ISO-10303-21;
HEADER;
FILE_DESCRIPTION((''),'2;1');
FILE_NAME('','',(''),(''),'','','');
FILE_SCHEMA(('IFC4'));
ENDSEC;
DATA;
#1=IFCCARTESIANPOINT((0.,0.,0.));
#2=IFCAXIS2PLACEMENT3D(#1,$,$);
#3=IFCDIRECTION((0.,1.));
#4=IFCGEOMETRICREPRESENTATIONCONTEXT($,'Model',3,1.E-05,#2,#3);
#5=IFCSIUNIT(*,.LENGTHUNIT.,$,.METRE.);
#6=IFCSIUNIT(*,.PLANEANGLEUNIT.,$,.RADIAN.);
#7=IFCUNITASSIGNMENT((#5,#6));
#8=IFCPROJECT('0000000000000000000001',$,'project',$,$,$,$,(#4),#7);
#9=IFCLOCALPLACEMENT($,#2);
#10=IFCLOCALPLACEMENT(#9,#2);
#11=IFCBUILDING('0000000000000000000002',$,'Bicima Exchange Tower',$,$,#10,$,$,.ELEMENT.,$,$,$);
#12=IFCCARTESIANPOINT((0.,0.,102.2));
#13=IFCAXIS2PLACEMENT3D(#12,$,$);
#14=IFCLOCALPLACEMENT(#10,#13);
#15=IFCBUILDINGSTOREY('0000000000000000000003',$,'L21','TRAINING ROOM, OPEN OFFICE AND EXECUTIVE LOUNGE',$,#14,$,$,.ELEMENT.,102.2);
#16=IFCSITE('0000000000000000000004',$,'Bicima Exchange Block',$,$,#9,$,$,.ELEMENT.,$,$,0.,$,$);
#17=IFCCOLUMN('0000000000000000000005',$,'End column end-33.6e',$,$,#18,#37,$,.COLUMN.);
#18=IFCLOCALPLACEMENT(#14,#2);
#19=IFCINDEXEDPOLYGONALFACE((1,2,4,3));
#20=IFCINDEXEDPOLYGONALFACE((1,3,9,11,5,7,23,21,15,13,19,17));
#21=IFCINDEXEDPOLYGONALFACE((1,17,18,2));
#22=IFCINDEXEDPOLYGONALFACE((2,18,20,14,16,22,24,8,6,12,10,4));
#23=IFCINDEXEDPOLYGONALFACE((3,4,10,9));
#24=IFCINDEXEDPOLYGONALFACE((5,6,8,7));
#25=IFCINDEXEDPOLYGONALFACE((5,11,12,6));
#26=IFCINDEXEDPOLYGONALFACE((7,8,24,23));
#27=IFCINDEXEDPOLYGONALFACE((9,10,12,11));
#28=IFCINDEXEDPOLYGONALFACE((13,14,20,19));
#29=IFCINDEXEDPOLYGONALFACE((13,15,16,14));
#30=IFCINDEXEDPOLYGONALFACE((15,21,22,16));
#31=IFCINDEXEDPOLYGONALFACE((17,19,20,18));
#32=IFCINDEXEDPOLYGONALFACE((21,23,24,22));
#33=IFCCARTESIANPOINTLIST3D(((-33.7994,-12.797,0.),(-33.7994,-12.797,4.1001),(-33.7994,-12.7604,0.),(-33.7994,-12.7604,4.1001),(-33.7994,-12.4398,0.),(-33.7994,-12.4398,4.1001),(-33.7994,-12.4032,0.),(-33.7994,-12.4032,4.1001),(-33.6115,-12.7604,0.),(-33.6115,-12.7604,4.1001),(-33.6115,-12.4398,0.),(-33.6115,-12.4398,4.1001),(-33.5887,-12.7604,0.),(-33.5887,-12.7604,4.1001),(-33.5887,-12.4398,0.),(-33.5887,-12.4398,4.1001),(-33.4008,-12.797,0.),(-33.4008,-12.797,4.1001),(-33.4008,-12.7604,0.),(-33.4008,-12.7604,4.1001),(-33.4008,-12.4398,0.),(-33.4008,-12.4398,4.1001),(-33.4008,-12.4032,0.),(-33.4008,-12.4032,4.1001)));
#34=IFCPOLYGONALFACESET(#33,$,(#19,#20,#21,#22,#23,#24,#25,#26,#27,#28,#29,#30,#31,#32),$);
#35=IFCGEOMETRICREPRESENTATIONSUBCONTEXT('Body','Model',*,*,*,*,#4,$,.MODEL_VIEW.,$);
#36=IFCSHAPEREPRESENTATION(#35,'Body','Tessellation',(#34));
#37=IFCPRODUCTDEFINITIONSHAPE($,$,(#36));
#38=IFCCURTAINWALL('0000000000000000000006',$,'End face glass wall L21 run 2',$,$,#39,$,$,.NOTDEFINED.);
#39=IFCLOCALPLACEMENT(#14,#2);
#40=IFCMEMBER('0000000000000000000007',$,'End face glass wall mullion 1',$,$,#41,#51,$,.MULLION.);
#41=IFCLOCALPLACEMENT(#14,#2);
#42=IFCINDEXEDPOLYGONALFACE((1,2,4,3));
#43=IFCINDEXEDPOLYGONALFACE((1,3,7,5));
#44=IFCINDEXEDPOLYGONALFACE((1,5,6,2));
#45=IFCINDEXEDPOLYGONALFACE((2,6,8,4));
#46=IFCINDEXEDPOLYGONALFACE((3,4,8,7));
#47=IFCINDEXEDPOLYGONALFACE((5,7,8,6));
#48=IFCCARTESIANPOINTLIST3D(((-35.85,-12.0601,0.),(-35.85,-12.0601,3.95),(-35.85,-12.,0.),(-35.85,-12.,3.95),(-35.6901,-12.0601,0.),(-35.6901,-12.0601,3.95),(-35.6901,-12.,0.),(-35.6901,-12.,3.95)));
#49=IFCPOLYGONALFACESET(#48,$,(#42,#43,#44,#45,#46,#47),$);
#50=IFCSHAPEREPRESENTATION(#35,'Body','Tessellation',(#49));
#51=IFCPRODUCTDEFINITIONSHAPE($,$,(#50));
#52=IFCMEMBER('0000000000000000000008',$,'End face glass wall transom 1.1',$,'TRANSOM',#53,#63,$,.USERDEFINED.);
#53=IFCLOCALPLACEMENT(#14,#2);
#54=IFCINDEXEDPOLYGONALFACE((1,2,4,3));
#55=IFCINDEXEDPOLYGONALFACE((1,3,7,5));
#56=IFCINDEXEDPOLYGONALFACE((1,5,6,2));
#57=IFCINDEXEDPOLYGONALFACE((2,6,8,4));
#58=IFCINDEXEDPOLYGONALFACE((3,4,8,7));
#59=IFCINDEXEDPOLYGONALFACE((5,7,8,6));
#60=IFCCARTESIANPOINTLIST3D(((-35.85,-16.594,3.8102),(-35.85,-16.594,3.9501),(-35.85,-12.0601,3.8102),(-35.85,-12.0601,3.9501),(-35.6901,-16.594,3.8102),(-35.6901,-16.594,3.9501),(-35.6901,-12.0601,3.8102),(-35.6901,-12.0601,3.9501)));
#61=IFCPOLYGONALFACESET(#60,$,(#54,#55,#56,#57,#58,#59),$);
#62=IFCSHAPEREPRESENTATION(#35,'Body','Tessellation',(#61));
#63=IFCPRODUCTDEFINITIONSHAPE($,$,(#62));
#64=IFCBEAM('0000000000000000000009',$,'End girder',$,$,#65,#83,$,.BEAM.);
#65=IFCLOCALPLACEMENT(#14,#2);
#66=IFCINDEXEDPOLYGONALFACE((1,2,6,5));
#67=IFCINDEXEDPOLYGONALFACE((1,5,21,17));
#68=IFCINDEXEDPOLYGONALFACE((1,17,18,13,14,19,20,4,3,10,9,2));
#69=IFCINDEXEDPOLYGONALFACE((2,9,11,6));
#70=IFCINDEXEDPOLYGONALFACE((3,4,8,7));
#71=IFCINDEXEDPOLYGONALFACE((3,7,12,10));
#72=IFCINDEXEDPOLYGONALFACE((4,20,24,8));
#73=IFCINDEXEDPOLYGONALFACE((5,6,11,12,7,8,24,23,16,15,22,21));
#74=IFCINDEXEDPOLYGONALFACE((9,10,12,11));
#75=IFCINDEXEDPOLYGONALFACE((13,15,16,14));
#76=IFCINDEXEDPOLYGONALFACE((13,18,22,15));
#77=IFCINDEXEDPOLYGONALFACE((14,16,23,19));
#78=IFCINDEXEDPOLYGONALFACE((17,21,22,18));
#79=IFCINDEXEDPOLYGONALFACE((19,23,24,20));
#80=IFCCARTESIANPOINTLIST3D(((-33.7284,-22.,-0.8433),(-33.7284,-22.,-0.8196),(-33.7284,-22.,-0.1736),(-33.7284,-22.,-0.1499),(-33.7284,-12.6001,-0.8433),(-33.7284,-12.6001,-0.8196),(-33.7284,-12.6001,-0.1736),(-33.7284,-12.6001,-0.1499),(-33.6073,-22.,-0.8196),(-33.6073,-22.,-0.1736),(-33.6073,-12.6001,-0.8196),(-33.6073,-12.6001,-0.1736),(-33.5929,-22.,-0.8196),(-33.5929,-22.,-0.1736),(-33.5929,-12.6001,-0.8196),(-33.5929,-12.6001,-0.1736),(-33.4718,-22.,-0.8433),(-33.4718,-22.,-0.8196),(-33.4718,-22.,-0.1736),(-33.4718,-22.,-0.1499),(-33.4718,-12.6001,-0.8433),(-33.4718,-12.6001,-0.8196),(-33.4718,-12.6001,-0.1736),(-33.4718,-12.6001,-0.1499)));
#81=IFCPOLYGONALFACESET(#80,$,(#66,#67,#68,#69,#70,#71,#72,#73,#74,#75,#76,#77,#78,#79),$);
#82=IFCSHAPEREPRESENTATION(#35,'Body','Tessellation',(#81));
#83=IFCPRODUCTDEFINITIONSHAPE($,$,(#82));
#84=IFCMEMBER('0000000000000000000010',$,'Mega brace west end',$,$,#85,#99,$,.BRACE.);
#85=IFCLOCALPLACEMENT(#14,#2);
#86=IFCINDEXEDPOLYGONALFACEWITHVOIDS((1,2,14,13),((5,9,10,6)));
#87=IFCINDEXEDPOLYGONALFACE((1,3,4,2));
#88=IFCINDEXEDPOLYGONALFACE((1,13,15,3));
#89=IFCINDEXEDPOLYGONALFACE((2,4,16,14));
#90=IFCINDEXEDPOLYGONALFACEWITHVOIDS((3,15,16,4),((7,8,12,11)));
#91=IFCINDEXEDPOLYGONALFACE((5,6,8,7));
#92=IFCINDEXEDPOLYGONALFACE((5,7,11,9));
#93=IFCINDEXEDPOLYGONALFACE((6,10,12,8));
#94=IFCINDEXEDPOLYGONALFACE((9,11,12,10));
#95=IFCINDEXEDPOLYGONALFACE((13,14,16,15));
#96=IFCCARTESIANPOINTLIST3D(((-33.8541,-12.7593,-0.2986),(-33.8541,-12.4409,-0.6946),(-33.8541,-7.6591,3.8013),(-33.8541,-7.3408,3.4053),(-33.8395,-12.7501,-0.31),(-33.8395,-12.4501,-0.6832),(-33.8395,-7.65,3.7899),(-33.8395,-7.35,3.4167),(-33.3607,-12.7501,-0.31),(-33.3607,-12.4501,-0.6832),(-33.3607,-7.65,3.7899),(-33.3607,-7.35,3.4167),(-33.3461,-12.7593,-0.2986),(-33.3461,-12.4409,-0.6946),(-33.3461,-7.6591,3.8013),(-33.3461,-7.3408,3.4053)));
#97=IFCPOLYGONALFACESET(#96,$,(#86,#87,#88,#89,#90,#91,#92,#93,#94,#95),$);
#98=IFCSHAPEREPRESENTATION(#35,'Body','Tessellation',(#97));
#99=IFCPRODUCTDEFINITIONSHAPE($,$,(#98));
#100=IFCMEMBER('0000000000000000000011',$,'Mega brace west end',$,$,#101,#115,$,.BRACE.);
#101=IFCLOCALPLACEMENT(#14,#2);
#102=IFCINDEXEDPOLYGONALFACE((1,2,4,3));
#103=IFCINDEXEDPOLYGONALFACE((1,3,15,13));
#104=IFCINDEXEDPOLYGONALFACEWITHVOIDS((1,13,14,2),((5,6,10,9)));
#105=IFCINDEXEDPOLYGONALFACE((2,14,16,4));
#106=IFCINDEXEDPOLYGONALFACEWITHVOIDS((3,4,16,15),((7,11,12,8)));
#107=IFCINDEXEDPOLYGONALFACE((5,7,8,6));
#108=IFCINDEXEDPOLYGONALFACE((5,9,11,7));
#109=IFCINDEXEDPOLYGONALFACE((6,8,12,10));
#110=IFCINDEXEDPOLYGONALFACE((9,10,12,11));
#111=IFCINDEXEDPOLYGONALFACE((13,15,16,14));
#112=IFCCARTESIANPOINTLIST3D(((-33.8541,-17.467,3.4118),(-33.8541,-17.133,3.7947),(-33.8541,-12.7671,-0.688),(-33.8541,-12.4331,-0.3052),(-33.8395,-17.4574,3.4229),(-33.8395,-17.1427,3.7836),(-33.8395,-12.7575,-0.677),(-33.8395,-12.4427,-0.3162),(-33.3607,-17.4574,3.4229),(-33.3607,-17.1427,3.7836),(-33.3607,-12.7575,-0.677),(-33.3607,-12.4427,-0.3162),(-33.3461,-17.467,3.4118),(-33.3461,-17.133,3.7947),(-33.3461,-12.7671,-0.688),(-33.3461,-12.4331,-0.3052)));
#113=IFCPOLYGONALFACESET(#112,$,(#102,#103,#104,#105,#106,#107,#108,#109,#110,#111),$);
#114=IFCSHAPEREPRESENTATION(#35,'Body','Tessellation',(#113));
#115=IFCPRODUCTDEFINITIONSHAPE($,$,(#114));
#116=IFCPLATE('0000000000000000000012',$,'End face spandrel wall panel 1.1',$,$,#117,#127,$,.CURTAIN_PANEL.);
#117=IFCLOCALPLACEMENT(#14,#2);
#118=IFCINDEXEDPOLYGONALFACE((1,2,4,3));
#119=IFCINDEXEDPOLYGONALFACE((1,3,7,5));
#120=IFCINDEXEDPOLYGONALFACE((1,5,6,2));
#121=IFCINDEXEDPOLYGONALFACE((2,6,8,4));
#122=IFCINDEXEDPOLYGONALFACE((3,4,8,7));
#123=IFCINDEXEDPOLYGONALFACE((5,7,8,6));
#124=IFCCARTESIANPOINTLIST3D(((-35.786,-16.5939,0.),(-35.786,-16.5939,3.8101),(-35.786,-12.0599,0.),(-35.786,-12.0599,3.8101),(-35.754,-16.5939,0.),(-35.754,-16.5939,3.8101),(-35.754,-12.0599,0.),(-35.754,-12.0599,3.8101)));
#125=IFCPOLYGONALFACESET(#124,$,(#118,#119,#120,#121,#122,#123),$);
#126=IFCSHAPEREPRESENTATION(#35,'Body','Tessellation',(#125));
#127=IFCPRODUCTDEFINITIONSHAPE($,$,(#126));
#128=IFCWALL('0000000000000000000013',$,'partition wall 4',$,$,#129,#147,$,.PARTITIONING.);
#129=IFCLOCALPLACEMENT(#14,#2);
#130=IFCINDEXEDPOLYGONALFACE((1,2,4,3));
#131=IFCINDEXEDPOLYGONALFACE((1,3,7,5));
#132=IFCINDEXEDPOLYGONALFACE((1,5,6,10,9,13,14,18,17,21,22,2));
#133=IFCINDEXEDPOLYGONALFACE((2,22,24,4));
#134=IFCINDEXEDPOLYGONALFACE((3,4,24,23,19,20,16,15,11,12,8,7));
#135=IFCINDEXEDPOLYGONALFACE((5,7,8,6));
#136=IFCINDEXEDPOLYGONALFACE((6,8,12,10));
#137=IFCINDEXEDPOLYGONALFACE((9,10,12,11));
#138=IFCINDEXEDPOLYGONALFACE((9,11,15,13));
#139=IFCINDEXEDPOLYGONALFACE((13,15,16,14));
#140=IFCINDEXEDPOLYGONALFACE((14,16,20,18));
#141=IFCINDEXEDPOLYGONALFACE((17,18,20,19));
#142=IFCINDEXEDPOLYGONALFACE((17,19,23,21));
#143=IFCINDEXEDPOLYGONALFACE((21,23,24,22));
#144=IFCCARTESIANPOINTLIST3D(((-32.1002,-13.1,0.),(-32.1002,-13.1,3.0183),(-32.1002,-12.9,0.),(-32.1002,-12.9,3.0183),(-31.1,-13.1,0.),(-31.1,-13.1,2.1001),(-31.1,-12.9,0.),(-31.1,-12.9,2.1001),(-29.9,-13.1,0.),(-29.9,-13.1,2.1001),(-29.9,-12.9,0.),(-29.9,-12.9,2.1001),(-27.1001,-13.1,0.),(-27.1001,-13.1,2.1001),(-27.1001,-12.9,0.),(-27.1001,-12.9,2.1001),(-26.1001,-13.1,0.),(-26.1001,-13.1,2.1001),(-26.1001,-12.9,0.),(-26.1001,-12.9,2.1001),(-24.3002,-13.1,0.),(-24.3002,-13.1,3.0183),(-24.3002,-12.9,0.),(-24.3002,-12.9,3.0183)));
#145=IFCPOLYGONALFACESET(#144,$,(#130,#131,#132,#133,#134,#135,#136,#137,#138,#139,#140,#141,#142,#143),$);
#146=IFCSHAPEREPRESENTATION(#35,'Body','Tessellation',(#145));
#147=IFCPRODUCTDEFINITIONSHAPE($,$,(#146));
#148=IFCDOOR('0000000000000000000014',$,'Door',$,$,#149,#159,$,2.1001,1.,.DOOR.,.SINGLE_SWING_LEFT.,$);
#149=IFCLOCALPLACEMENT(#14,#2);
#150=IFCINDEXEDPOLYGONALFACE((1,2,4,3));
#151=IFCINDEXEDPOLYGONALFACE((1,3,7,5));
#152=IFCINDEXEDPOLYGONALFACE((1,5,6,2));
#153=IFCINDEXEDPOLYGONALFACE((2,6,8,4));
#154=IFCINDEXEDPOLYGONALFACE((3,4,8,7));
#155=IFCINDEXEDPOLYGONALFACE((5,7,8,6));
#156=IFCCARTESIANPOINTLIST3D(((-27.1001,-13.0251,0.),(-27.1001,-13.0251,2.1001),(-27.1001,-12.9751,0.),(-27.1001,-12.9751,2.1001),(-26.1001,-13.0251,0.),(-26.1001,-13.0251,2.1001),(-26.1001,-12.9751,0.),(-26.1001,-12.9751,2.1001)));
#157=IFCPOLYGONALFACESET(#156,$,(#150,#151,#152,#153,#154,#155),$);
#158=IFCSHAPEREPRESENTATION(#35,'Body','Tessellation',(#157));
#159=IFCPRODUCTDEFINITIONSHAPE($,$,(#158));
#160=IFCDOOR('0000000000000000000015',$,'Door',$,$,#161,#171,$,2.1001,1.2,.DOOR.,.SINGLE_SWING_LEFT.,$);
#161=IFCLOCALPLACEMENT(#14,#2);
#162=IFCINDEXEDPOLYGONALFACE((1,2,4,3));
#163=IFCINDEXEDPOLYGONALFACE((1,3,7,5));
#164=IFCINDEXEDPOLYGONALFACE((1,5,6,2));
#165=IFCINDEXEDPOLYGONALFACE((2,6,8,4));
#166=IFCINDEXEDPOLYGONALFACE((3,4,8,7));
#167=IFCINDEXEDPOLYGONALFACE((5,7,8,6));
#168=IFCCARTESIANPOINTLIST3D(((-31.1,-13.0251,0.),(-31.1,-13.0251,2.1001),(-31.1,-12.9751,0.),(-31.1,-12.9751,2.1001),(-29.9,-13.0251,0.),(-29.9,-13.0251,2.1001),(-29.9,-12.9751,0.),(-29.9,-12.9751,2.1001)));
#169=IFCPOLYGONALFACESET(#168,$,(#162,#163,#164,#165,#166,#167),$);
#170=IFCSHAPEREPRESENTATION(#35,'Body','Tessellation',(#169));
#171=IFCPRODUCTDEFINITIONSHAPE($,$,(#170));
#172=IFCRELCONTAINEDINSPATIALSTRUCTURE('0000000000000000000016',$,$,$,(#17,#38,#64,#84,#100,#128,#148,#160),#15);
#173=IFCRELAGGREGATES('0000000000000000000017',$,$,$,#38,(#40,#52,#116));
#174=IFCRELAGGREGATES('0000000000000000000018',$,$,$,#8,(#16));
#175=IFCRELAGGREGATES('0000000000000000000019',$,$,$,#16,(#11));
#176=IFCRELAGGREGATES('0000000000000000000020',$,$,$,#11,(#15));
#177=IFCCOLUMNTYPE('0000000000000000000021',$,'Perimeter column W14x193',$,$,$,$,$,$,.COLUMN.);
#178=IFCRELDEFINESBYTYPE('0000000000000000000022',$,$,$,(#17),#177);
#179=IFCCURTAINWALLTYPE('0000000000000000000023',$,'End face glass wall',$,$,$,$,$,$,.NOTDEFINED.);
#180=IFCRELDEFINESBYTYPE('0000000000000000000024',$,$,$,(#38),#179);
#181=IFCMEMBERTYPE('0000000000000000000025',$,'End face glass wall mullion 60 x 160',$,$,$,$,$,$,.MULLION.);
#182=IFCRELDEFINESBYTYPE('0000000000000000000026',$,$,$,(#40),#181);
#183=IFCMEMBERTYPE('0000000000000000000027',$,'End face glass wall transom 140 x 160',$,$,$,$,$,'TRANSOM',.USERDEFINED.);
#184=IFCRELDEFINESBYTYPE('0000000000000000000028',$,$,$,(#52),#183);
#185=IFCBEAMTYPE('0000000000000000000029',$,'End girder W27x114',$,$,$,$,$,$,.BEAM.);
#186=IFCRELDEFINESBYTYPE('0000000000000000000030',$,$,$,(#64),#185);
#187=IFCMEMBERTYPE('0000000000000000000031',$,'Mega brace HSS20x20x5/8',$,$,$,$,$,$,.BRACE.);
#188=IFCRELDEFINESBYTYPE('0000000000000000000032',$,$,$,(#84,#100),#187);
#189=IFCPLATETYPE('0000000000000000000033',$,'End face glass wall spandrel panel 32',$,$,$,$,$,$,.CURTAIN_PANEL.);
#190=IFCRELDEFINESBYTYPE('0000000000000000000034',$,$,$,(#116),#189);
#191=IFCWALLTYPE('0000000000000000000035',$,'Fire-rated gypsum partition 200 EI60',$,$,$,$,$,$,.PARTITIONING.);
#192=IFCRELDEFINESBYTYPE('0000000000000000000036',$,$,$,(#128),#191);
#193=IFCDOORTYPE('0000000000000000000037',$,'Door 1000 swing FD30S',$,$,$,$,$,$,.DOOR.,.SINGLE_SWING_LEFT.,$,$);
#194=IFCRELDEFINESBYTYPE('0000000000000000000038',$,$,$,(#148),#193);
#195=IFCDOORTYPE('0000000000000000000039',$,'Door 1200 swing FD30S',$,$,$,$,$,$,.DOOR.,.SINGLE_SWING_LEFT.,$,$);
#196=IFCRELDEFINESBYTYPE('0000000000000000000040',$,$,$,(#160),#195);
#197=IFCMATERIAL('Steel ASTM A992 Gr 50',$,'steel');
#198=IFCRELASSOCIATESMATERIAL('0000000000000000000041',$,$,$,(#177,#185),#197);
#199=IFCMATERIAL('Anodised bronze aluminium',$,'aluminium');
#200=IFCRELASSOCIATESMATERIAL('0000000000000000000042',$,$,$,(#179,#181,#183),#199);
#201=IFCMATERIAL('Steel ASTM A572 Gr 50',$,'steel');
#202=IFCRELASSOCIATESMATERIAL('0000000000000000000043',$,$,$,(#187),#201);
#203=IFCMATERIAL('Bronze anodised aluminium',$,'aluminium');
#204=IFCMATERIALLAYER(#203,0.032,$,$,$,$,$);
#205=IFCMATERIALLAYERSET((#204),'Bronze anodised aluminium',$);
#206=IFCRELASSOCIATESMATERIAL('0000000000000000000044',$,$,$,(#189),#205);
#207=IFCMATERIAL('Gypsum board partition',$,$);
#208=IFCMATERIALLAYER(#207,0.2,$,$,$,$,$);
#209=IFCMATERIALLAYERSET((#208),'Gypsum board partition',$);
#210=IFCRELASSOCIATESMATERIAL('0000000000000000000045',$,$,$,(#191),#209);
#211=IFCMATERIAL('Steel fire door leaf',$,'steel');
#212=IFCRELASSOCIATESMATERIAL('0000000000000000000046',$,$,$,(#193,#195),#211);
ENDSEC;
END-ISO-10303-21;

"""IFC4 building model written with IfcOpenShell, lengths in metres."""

from ifc_helpers import new_model, si_unit, direction, frame, frame_2d, origin, origin_2d, place, context, subcontext, project, spatial, rectangle, hollow_rectangle, i_section, extrude, material, layer, layer_set, material_profile, profile_set, type_object, element, fill, aggregate, save


model = new_model("IFC4")

# Units and contexts
model_context = context("Model", 3, precision=1e-05, world=origin(), true_north=direction((0.0, 1.0)))
body_context = subcontext(model_context, "Body", "Model", "MODEL_VIEW")
ifc_project = project(units=[si_unit("LENGTHUNIT", "METRE"), si_unit("PLANEANGLEUNIT", "RADIAN")], contexts=[model_context])

# Site, building, storey
site_placement = place(None, origin())
site = spatial("IfcSite", under=ifc_project, at=site_placement, Name="Bicima Exchange Block", CompositionType="ELEMENT", RefElevation=0.0)
building_placement = place(site_placement, origin())
building = spatial("IfcBuilding", under=site, at=building_placement, Name="Bicima Exchange Tower", CompositionType="ELEMENT")
storey_placement = place(building_placement, frame((0.0, 0.0, 102.2)))
storey = spatial("IfcBuildingStorey", under=building, at=storey_placement, Name="L21", Description="TRAINING ROOM, OPEN OFFICE AND EXECUTIVE LOUNGE", CompositionType="ELEMENT", Elevation=102.2)

# Column
ifc_material_1 = material(Name="Steel ASTM A992 Gr 50", Category="steel")
ifc_material_profile_1 = material_profile(ifc_material_1, i_section(OverallWidth=0.3987, OverallDepth=0.3938, WebThickness=0.0227, FlangeThickness=0.0366, at=origin_2d()))
ifc_profile_set_1 = profile_set([ifc_material_profile_1], Name="Steel ASTM A992 Gr 50")
column_type = type_object("IfcColumnType", Name="Perimeter column W14x193", PredefinedType="COLUMN", material=ifc_profile_set_1)
column_placement = place(storey_placement, frame((-33.6001, -12.6001, 0.0), z_axis=(0.0, 0.0, 1.0), x_axis=(1.0, 0.0, 0.0)))
element("IfcColumn", 1, at=column_placement, inside=storey, type_object=column_type, Name="End column end-33.6e", PredefinedType="COLUMN", context=body_context, shape_type="SweptSolid", body=[
    extrude(i_section(OverallWidth=0.3987, OverallDepth=0.3938, WebThickness=0.0227, FlangeThickness=0.0366, at=origin_2d()), origin(), (0.0, 0.0, 1.0), 4.1001),
])

# Curtain wall, members
ifc_material_2 = material(Name="Anodised bronze aluminium", Category="aluminium")
curtain_wall_type = type_object("IfcCurtainWallType", Name="End face glass wall", PredefinedType="NOTDEFINED", material=ifc_material_2)
curtain_wall_placement = place(storey_placement, origin())
curtain_wall = element("IfcCurtainWall", 2, at=curtain_wall_placement, inside=storey, type_object=curtain_wall_type, Name="End face glass wall L21 run 2", PredefinedType="NOTDEFINED")
ifc_material_profile_2 = material_profile(ifc_material_2, rectangle(XDim=0.1599, YDim=0.0601, at=origin_2d()))
ifc_profile_set_2 = profile_set([ifc_material_profile_2], Name="Anodised bronze aluminium")
member_type_1 = type_object("IfcMemberType", Name="End face glass wall mullion 60 x 160", PredefinedType="MULLION", material=ifc_profile_set_2)
member_1_placement = place(storey_placement, frame((-35.77, -12.03, 0.0), z_axis=(0.0, 0.0, 1.0), x_axis=(1.0, 0.0, 0.0)))
member_1 = element("IfcMember", 3, at=member_1_placement, type_object=member_type_1, Name="End face glass wall mullion 1", PredefinedType="MULLION", context=body_context, shape_type="SweptSolid", body=[
    extrude(rectangle(XDim=0.1599, YDim=0.0601, at=origin_2d()), origin(), (0.0, 0.0, 1.0), 3.95),
])
ifc_material_profile_3 = material_profile(ifc_material_2, rectangle(XDim=0.1599, YDim=0.1399, at=origin_2d()))
ifc_profile_set_3 = profile_set([ifc_material_profile_3], Name="Anodised bronze aluminium")
member_type_2 = type_object("IfcMemberType", Name="End face glass wall transom 140 x 160", ElementType="TRANSOM", PredefinedType="USERDEFINED", material=ifc_profile_set_3)
member_2_placement = place(storey_placement, frame((-35.77, -12.0601, 3.8801), z_axis=(0.0, -1.0, 0.0), x_axis=(1.0, 0.0, 0.0)))
member_2 = element("IfcMember", 4, at=member_2_placement, type_object=member_type_2, Name="End face glass wall transom 1.1", ObjectType="TRANSOM", PredefinedType="USERDEFINED", context=body_context, shape_type="SweptSolid", body=[
    extrude(rectangle(XDim=0.1599, YDim=0.1399, at=origin_2d()), origin(), (0.0, 0.0, 1.0), 4.5339),
])

# Beam
ifc_material_profile_4 = material_profile(ifc_material_1, i_section(OverallWidth=0.2566, OverallDepth=0.6934, WebThickness=0.0144, FlangeThickness=0.0237, at=origin_2d()))
ifc_profile_set_4 = profile_set([ifc_material_profile_4], Name="Steel ASTM A992 Gr 50")
beam_type = type_object("IfcBeamType", Name="End girder W27x114", PredefinedType="BEAM", material=ifc_profile_set_4)
beam_placement = place(storey_placement, frame((-33.6001, -12.6001, -0.4966), z_axis=(0.0, -1.0, 0.0), x_axis=(1.0, 0.0, 0.0)))
element("IfcBeam", 5, at=beam_placement, inside=storey, type_object=beam_type, Name="End girder", PredefinedType="BEAM", context=body_context, shape_type="SweptSolid", body=[
    extrude(i_section(OverallWidth=0.2566, OverallDepth=0.6934, WebThickness=0.0144, FlangeThickness=0.0237, at=origin_2d()), origin(), (0.0, 0.0, 1.0), 9.3999),
])

# Members
ifc_material_3 = material(Name="Steel ASTM A572 Gr 50", Category="steel")
ifc_material_profile_5 = material_profile(ifc_material_3, hollow_rectangle(XDim=0.5081, YDim=0.5081, WallThickness=0.0146, at=origin_2d()))
ifc_profile_set_5 = profile_set([ifc_material_profile_5], Name="Steel ASTM A572 Gr 50")
member_type_3 = type_object("IfcMemberType", Name="Mega brace HSS20x20x5/8", PredefinedType="BRACE", material=ifc_profile_set_5)
member_3_placement = place(storey_placement, frame((-33.6001, -12.6001, -0.4966), z_axis=(0.0, 0.779392, 0.626536), x_axis=(-1.0, 0.0, 0.0)))
element("IfcMember", 6, at=member_3_placement, inside=storey, type_object=member_type_3, Name="Mega brace west end", PredefinedType="BRACE", context=body_context, shape_type="SweptSolid", body=[
    extrude(hollow_rectangle(XDim=0.5081, YDim=0.5081, WallThickness=0.0146, at=origin_2d()), origin(), (0.0, 0.0, 1.0), 6.5437),
])
member_4_placement = place(storey_placement, frame((-33.6001, -12.6001, -0.4966), z_axis=(0.0, -0.753577, 0.657359), x_axis=(1.0, 0.0, 0.0)))
element("IfcMember", 7, at=member_4_placement, inside=storey, type_object=member_type_3, Name="Mega brace west end", PredefinedType="BRACE", context=body_context, shape_type="SweptSolid", body=[
    extrude(hollow_rectangle(XDim=0.5081, YDim=0.5081, WallThickness=0.0146, at=origin_2d()), origin(), (0.0, 0.0, 1.0), 6.2368),
])

# Plate
ifc_material_4 = material(Name="Bronze anodised aluminium", Category="aluminium")
ifc_layer_1 = layer(ifc_material_4, 0.032)
ifc_layer_set_1 = layer_set([ifc_layer_1], Name="Bronze anodised aluminium")
plate_type = type_object("IfcPlateType", Name="End face glass wall spandrel panel 32", PredefinedType="CURTAIN_PANEL", material=ifc_layer_set_1)
plate_placement = place(storey_placement, frame((-35.77, -14.3269, 0.0), z_axis=(0.0, 0.0, 1.0), x_axis=(0.0, -1.0, 0.0)))
plate = element("IfcPlate", 8, at=plate_placement, type_object=plate_type, Name="End face spandrel wall panel 1.1", PredefinedType="CURTAIN_PANEL", context=body_context, shape_type="SweptSolid", body=[
    extrude(rectangle(XDim=4.5339, YDim=0.032, at=origin_2d()), origin(), (0.0, 0.0, 1.0), 3.8101),
])
aggregate(curtain_wall, [member_1, member_2, plate])

# Wall, openings, doors
ifc_material_5 = material(Name="Gypsum board partition")
ifc_layer_2 = layer(ifc_material_5, 0.2)
ifc_layer_set_2 = layer_set([ifc_layer_2], Name="Gypsum board partition")
wall_type_1 = type_object("IfcWallType", Name="Fire-rated gypsum partition 200 EI60", PredefinedType="PARTITIONING", material=ifc_layer_set_2)
ifc_material_6 = material(Name="Steel fire door leaf", Category="steel")
door_type_1 = type_object("IfcDoorType", Name="Door 1000 swing FD30S", OperationType="SINGLE_SWING_LEFT", PredefinedType="DOOR", material=ifc_material_6)
wall_1_placement = place(storey_placement, frame((-32.1001, -13.0, 0.0), z_axis=(0.0, 0.0, 1.0), x_axis=(1.0, 0.0, 0.0)))
wall_1 = element("IfcWall", 9, at=wall_1_placement, inside=storey, type_object=wall_type_1, Name="partition wall 4", PredefinedType="PARTITIONING", context=body_context, shape_type="SweptSolid", body=[
    extrude(rectangle(XDim=7.8, YDim=0.2, at=frame_2d((3.8999, 0.0))), origin(), (0.0, 0.0, 1.0), 3.0183),
])
opening_1_placement = place(wall_1_placement, frame((1.0, 0.0, 0.0)))
opening_1 = element("IfcOpeningElement", 10, at=opening_1_placement, cuts=wall_1, PredefinedType="OPENING", context=body_context, shape_type="SweptSolid", body=[
    extrude(rectangle(XDim=1.2, YDim=2.1001, at=frame_2d((0.6001, 1.05))), frame((0.0, 0.1118, 0.0), z_axis=(0.0, -1.0, 0.0), x_axis=(1.0, 0.0, 0.0)), (0.0, 0.0, 1.0), 0.2239),
])
opening_2_placement = place(wall_1_placement, frame((5.0, 0.0, 0.0)))
opening_2 = element("IfcOpeningElement", 11, at=opening_2_placement, cuts=wall_1, PredefinedType="OPENING", context=body_context, shape_type="SweptSolid", body=[
    extrude(rectangle(XDim=1.0, YDim=2.1001, at=frame_2d((0.5, 1.05))), frame((0.0, 0.1118, 0.0), z_axis=(0.0, -1.0, 0.0), x_axis=(1.0, 0.0, 0.0)), (0.0, 0.0, 1.0), 0.2239),
])
door_1_placement = place(opening_2_placement, origin())
door_1 = element("IfcDoor", 12, at=door_1_placement, inside=storey, type_object=door_type_1, Name="Door", OperationType="SINGLE_SWING_LEFT", OverallHeight=2.1001, OverallWidth=1.0, PredefinedType="DOOR", context=body_context, shape_type="SweptSolid", body=[
    extrude(rectangle(XDim=1.0, YDim=2.1001, at=frame_2d((0.5, 1.05))), frame((0.0, 0.0249, 0.0), z_axis=(0.0, -1.0, 0.0), x_axis=(1.0, 0.0, 0.0)), (0.0, 0.0, 1.0), 0.05),
])
fill(opening_2, door_1)
door_type_2 = type_object("IfcDoorType", Name="Door 1200 swing FD30S", OperationType="SINGLE_SWING_LEFT", PredefinedType="DOOR", material=ifc_material_6)
door_2_placement = place(opening_1_placement, origin())
door_2 = element("IfcDoor", 13, at=door_2_placement, inside=storey, type_object=door_type_2, Name="Door", OperationType="SINGLE_SWING_LEFT", OverallHeight=2.1001, OverallWidth=1.2, PredefinedType="DOOR", context=body_context, shape_type="SweptSolid", body=[
    extrude(rectangle(XDim=1.2, YDim=2.1001, at=frame_2d((0.6001, 1.05))), frame((0.0, 0.0249, 0.0), z_axis=(0.0, -1.0, 0.0), x_axis=(1.0, 0.0, 0.0)), (0.0, 0.0, 1.0), 0.05),
])
fill(opening_1, door_2)

save(model, "model.ifc")
